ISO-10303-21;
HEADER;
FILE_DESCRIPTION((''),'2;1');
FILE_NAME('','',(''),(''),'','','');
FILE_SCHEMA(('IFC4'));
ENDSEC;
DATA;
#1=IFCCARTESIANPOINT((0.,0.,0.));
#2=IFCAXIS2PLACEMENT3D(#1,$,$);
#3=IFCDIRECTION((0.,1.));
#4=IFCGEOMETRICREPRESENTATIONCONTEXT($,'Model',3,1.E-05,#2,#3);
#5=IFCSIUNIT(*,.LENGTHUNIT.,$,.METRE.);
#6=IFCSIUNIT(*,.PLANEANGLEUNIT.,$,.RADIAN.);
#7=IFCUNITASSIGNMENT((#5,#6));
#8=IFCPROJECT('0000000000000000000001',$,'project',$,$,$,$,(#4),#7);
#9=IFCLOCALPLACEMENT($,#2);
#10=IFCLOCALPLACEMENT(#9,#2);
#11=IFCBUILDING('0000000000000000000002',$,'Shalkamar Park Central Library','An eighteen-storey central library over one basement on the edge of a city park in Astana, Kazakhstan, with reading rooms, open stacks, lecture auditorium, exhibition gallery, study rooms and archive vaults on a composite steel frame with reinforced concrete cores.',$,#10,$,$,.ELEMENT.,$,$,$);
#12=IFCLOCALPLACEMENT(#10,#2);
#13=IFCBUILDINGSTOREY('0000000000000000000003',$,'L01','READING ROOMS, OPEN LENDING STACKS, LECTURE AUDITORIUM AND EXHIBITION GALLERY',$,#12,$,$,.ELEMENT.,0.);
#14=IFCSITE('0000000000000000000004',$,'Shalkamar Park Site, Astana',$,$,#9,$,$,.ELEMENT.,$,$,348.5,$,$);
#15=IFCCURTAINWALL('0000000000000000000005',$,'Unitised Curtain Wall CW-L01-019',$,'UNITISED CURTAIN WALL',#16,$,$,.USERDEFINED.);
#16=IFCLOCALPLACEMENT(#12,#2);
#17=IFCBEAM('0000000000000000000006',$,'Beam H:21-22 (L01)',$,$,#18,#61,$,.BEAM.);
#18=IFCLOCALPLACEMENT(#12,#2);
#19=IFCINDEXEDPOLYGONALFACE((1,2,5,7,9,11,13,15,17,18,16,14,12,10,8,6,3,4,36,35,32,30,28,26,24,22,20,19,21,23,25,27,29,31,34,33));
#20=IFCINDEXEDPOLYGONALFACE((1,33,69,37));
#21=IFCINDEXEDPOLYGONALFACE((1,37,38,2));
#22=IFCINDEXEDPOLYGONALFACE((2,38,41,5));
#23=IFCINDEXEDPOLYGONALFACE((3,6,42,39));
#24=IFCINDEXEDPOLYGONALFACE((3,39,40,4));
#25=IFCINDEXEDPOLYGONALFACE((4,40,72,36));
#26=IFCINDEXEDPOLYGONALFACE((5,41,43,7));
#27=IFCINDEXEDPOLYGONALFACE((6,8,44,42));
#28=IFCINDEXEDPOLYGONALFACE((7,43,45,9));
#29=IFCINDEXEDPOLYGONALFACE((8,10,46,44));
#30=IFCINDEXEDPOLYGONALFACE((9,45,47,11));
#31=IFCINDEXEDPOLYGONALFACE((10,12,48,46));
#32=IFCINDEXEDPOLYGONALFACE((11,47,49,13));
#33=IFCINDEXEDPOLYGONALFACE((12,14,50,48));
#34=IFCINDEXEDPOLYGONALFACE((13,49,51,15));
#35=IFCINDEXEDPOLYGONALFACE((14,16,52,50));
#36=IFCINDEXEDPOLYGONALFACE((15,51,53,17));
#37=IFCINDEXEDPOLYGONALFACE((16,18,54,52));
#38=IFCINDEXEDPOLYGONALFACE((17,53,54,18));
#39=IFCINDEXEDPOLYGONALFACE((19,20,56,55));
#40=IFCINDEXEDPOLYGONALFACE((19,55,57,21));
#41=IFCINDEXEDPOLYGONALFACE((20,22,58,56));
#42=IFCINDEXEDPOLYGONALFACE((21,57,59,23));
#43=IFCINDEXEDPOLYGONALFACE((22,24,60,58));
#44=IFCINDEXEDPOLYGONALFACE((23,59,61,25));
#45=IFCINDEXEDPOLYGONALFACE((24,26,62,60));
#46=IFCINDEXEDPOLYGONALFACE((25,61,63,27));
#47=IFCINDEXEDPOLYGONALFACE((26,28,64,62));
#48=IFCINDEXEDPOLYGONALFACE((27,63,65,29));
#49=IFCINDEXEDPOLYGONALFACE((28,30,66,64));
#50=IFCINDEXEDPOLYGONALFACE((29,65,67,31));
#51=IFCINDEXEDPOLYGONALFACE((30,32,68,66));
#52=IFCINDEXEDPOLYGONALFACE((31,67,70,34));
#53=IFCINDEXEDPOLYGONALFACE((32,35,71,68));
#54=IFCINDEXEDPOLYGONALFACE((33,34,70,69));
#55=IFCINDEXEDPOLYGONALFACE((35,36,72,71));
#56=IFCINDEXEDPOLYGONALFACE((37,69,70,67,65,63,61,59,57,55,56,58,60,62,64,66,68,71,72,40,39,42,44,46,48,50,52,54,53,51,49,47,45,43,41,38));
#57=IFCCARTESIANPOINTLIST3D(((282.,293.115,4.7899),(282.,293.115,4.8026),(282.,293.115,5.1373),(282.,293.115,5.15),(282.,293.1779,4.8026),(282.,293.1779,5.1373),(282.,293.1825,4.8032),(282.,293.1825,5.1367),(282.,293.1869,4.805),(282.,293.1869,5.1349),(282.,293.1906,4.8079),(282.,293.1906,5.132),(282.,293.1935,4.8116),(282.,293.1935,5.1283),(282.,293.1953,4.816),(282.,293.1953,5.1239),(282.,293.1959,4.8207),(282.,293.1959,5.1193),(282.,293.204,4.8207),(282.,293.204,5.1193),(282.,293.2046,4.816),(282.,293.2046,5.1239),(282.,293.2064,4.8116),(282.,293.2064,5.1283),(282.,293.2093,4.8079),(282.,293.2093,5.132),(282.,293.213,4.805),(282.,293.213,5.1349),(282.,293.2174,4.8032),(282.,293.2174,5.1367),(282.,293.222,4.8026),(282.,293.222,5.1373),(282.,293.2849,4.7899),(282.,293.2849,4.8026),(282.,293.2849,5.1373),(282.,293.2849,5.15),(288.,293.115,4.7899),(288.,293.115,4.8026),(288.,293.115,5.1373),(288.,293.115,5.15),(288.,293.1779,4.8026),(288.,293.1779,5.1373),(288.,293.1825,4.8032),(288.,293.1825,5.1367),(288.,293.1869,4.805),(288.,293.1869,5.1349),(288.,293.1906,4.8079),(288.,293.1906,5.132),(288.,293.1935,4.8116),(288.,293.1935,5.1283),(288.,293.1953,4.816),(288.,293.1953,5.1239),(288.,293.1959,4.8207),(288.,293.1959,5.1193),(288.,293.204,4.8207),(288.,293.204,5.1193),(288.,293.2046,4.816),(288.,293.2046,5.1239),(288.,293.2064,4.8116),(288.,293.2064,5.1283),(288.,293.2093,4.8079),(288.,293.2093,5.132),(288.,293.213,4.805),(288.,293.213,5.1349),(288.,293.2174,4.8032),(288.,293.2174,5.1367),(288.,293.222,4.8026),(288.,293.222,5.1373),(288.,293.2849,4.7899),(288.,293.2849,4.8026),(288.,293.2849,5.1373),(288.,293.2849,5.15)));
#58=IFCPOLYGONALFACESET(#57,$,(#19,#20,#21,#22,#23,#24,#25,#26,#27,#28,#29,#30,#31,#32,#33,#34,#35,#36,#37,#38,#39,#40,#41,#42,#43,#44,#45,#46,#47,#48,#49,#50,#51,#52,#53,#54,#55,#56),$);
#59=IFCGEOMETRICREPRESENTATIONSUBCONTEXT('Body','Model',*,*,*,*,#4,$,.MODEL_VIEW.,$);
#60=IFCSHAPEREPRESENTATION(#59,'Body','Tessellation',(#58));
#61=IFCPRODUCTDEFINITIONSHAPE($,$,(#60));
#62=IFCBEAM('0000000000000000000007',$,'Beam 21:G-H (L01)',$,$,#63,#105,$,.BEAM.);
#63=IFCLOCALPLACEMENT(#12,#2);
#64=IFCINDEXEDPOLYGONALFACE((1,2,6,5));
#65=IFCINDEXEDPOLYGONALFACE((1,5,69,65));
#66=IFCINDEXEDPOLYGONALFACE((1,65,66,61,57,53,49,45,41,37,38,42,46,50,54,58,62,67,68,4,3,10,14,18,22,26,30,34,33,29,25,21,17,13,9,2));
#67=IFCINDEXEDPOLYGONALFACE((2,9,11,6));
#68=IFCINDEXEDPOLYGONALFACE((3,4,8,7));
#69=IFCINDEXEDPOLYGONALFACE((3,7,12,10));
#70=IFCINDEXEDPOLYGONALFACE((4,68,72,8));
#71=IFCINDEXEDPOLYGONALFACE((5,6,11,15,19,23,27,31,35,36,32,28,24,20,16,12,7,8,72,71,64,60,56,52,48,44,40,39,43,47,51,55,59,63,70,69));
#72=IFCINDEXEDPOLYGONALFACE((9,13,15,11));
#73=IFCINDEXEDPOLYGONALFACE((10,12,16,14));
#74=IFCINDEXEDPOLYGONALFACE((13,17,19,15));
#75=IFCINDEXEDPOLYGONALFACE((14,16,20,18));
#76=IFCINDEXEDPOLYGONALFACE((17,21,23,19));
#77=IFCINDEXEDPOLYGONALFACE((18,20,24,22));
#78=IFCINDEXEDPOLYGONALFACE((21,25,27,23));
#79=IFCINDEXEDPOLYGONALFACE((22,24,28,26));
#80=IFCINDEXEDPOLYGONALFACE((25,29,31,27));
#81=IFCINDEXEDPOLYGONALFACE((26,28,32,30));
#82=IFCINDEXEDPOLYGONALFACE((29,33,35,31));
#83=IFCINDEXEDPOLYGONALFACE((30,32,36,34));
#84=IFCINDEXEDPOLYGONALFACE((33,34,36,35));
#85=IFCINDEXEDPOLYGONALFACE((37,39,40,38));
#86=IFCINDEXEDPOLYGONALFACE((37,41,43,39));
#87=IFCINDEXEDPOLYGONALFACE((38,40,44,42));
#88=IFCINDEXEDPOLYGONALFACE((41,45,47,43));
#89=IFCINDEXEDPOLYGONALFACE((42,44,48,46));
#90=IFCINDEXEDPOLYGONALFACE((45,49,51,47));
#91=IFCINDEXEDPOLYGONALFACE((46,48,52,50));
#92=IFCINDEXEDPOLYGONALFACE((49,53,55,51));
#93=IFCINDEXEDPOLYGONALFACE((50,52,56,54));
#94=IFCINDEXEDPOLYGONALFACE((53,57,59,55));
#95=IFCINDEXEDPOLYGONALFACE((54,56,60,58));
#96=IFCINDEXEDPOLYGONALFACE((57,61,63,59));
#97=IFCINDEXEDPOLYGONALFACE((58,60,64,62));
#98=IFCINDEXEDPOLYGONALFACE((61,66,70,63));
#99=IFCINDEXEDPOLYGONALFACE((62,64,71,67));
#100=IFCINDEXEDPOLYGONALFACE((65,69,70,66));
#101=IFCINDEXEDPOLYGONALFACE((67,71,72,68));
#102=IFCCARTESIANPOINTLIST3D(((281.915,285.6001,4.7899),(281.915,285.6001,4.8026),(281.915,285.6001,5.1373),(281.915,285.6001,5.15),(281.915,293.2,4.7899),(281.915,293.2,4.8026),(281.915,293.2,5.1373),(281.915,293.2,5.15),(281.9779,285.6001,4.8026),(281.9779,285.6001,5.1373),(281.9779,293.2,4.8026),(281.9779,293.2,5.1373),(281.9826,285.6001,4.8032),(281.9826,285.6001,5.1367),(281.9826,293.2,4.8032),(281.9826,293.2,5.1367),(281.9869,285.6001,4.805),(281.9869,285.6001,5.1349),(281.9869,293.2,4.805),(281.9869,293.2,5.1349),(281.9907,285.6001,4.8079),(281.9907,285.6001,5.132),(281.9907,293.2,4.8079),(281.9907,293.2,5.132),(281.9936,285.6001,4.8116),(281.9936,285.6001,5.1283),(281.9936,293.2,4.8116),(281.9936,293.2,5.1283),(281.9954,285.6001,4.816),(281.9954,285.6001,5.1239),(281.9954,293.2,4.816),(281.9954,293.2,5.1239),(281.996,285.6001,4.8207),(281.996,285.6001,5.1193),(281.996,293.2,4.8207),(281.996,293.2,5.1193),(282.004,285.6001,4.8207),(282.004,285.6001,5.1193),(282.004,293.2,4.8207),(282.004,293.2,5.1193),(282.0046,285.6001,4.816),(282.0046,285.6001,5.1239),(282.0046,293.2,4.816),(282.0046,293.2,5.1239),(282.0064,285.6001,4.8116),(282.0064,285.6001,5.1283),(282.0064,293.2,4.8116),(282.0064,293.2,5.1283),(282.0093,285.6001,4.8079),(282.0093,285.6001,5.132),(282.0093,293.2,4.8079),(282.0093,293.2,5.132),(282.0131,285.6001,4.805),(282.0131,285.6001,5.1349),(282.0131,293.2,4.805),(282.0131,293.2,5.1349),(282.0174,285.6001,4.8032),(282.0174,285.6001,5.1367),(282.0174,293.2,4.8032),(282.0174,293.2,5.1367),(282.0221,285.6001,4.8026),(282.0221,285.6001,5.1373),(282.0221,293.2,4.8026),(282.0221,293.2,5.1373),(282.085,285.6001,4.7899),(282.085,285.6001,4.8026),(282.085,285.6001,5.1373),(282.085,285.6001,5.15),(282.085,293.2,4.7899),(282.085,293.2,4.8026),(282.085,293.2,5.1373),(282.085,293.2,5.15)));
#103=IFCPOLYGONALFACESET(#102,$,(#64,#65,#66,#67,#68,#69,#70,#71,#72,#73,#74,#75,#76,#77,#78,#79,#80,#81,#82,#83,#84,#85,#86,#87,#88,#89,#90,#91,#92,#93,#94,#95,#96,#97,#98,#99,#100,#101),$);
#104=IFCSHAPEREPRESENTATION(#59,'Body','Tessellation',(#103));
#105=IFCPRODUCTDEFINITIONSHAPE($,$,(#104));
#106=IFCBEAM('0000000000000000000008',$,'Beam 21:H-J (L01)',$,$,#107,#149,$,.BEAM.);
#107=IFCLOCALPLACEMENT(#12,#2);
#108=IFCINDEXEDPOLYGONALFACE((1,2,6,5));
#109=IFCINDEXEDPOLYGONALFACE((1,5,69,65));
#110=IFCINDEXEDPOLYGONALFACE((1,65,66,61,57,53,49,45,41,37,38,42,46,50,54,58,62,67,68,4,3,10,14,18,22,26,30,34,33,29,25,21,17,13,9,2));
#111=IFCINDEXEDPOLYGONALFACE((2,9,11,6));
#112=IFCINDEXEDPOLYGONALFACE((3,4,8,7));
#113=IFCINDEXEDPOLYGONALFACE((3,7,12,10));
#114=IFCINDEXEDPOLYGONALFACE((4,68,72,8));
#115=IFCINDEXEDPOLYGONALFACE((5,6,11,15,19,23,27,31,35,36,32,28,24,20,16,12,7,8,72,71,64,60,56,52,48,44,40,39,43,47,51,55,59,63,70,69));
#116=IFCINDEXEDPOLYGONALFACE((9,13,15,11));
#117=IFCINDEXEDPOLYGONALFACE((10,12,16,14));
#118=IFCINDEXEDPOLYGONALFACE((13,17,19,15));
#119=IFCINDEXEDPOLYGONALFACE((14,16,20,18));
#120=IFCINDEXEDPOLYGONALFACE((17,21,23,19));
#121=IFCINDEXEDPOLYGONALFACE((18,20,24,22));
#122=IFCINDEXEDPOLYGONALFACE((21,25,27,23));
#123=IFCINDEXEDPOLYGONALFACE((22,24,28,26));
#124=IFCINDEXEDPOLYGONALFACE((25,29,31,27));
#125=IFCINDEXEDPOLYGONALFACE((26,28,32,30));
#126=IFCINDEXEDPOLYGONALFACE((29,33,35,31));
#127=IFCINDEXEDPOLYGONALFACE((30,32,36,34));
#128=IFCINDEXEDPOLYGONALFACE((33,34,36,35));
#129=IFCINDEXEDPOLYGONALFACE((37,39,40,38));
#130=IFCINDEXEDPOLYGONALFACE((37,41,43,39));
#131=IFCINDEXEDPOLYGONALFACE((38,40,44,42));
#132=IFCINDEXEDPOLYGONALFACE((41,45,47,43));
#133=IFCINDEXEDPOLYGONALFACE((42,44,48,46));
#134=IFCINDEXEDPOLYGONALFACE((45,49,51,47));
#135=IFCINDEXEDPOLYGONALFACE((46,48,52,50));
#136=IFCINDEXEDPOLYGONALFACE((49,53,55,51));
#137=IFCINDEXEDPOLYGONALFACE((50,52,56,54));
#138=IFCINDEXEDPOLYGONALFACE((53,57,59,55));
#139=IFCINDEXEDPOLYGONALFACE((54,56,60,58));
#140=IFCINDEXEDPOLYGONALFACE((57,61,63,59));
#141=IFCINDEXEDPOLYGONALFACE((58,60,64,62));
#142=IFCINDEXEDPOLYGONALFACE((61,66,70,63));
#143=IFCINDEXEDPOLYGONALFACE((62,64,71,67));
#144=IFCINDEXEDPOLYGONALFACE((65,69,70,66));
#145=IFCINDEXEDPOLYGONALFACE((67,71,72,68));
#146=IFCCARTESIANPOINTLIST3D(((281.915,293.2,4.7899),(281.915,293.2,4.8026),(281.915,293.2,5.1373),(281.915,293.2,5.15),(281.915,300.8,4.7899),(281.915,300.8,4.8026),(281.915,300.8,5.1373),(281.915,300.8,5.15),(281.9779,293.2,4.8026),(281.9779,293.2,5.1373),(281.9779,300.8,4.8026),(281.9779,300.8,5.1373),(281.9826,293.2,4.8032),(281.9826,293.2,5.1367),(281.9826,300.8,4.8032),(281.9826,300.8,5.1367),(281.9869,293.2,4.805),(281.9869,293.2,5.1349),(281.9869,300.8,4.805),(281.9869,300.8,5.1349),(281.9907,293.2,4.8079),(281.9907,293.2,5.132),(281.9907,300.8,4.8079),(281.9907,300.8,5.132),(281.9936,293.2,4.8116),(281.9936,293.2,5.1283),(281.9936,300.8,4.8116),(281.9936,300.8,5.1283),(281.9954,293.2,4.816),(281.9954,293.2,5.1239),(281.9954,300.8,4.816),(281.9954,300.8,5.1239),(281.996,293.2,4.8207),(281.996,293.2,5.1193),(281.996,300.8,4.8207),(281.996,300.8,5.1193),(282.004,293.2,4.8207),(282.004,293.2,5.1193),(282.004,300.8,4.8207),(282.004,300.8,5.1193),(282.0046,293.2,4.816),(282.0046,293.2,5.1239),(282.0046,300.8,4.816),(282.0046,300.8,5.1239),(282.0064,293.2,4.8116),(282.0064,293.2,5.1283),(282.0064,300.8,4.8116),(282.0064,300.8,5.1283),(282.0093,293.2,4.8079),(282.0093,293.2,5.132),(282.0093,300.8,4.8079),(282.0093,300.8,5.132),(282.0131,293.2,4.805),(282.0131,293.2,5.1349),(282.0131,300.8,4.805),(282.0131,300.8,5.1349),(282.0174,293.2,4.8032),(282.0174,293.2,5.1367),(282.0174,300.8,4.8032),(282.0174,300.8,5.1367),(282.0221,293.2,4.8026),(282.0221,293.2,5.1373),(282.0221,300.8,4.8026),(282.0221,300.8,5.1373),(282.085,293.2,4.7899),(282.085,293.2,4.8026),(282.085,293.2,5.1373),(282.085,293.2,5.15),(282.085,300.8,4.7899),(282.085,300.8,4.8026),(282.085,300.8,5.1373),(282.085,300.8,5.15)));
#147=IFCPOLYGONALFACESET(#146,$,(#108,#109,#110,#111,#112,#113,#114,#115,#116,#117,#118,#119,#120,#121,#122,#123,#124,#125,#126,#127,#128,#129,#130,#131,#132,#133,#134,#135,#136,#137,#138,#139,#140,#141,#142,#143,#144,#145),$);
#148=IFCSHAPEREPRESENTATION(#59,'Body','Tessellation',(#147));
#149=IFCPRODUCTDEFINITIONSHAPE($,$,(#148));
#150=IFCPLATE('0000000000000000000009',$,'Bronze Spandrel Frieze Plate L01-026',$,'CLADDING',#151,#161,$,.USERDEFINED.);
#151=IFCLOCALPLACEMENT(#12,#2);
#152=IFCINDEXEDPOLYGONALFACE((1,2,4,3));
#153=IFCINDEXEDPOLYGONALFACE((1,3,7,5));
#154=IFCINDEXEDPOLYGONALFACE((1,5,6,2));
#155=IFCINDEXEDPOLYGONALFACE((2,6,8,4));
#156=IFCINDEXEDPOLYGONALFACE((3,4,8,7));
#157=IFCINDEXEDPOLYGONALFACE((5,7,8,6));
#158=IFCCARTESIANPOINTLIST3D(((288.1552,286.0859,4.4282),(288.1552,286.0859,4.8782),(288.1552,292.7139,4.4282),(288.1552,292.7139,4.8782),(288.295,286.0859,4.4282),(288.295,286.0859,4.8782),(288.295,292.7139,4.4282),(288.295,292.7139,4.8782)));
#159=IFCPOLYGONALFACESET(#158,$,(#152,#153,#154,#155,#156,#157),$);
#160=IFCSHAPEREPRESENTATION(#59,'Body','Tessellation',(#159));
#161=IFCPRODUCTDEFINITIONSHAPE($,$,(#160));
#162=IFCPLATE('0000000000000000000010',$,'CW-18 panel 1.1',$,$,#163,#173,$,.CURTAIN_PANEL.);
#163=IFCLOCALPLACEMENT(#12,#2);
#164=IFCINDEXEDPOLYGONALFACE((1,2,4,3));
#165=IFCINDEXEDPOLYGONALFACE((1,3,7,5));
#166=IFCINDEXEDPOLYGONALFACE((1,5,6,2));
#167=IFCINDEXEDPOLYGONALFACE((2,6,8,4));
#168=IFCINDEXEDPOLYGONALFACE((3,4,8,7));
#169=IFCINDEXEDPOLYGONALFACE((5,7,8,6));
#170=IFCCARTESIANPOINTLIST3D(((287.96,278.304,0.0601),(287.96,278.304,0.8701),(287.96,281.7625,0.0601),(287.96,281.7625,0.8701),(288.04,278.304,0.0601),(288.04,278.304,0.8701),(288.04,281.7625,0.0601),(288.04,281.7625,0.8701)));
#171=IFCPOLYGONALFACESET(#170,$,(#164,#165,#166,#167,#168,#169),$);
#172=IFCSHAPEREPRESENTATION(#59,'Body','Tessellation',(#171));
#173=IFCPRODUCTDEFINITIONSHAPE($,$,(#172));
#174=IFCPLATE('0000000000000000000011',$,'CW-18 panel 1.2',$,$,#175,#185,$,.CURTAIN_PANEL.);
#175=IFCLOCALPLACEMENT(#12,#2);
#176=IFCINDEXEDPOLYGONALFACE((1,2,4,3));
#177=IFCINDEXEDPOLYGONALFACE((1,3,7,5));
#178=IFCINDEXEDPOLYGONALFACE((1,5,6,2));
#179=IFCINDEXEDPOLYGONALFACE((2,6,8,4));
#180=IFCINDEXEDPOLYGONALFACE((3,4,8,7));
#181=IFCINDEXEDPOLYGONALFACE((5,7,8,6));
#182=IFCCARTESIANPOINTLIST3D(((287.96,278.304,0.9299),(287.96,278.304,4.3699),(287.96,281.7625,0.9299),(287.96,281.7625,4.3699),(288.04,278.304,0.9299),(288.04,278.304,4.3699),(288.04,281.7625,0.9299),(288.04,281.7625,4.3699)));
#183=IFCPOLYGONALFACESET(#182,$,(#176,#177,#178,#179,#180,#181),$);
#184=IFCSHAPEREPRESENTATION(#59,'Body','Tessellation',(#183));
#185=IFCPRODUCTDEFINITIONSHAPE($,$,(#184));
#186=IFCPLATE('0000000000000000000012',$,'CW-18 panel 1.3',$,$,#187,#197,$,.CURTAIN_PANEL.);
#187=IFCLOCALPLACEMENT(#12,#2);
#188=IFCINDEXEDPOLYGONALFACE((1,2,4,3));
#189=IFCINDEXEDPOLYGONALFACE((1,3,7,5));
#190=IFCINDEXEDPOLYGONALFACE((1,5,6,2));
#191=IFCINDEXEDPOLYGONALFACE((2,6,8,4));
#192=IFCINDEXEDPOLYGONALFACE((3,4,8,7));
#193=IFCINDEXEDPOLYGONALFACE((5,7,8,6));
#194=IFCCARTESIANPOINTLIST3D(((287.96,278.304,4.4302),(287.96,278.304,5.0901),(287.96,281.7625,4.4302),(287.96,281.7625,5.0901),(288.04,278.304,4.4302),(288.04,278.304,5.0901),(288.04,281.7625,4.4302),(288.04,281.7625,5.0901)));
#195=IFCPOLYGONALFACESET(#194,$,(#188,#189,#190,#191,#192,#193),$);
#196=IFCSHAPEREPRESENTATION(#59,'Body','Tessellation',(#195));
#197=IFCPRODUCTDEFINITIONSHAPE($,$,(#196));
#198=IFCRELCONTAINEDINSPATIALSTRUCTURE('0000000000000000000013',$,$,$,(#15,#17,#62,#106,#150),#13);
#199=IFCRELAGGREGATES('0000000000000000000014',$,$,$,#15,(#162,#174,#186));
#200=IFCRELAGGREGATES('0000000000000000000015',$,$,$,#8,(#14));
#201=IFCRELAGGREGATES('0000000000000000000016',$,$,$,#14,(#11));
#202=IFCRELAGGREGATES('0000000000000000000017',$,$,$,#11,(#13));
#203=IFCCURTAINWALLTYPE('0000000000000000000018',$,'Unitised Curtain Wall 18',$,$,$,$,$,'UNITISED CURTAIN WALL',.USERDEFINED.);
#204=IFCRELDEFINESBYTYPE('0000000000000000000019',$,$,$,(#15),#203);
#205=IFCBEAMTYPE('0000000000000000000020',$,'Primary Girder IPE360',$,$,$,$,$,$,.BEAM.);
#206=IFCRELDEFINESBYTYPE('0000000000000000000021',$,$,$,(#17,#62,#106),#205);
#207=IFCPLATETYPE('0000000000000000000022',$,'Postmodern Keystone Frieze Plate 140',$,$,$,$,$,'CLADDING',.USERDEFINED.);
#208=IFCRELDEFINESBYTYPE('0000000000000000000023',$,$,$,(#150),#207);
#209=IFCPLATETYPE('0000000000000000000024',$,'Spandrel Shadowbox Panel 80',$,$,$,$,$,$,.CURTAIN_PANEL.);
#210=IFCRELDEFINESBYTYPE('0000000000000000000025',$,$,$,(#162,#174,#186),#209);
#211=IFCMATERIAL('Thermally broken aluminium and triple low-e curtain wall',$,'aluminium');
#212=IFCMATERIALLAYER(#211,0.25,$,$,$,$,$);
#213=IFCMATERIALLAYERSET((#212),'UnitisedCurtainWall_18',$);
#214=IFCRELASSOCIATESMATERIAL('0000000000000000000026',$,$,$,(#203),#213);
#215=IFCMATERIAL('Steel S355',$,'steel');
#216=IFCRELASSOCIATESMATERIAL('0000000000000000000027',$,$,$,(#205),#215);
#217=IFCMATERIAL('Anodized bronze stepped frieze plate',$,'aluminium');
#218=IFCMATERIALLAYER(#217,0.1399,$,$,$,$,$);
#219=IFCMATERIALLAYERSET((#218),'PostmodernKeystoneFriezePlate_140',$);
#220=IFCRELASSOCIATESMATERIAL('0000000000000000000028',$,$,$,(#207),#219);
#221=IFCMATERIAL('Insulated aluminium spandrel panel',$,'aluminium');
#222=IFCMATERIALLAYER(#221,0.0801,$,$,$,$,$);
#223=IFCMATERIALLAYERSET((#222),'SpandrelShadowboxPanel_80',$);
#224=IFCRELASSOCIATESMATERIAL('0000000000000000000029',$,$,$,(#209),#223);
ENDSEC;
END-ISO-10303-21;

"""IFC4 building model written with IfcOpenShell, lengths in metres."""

from ifc_helpers import new_model, si_unit, direction, frame, origin, origin_2d, place, context, subcontext, project, spatial, rectangle, i_section, extrude, material, layer, layer_set, material_profile, profile_set, type_object, element, aggregate, save


model = new_model("IFC4")

# Units and contexts
model_context = context("Model", 3, precision=1e-05, world=origin(), true_north=direction((0.0, 1.0)))
body_context = subcontext(model_context, "Body", "Model", "MODEL_VIEW")
ifc_project = project(units=[si_unit("LENGTHUNIT", "METRE"), si_unit("PLANEANGLEUNIT", "RADIAN")], contexts=[model_context])

# Site, building, storey
site_placement = place(None, origin())
site = spatial("IfcSite", under=ifc_project, at=site_placement, Name="Shalkamar Park Site, Astana", CompositionType="ELEMENT", RefElevation=348.5)
building_placement = place(site_placement, origin())
building = spatial("IfcBuilding", under=site, at=building_placement, Name="Shalkamar Park Central Library", Description="An eighteen-storey central library over one basement on the edge of a city park in Astana, Kazakhstan, with reading rooms, open stacks, lecture auditorium, exhibition gallery, study rooms and archive vaults on a composite steel frame with reinforced concrete cores.", CompositionType="ELEMENT")
storey_placement = place(building_placement, origin())
storey = spatial("IfcBuildingStorey", under=building, at=storey_placement, Name="L01", Description="READING ROOMS, OPEN LENDING STACKS, LECTURE AUDITORIUM AND EXHIBITION GALLERY", CompositionType="ELEMENT", Elevation=0.0)

# Shared definitions
ifc_material_1 = material(Name="Steel S355", Category="steel")

# Curtain wall
ifc_material_2 = material(Name="Thermally broken aluminium and triple low-e curtain wall", Category="aluminium")
ifc_layer_1 = layer(ifc_material_2, 0.25)
ifc_layer_set_1 = layer_set([ifc_layer_1], Name="UnitisedCurtainWall_18")
curtain_wall_type = type_object("IfcCurtainWallType", Name="Unitised Curtain Wall 18", ElementType="UNITISED CURTAIN WALL", PredefinedType="USERDEFINED", material=ifc_layer_set_1)
curtain_wall_placement = place(storey_placement, origin())
curtain_wall = element("IfcCurtainWall", 1, at=curtain_wall_placement, inside=storey, type_object=curtain_wall_type, Name="Unitised Curtain Wall CW-L01-019", ObjectType="UNITISED CURTAIN WALL", PredefinedType="USERDEFINED")

# Beams
ifc_material_profile_1 = material_profile(ifc_material_1, i_section(OverallWidth=0.1699, OverallDepth=0.3601, WebThickness=0.0081, FlangeThickness=0.0127, FilletRadius=0.0181, at=origin_2d()), Name="IPE 360")
ifc_profile_set_1 = profile_set([ifc_material_profile_1], Name="Steel S355")
beam_type_1 = type_object("IfcBeamType", Name="Primary Girder IPE360", PredefinedType="BEAM", material=ifc_profile_set_1)
beam_1_placement = place(storey_placement, frame((282.0, 293.2, 4.97), z_axis=(1.0, 0.0, 0.0), x_axis=(0.0, 1.0, 0.0)))
element("IfcBeam", 2, at=beam_1_placement, inside=storey, type_object=beam_type_1, Name="Beam H:21-22 (L01)", PredefinedType="BEAM", context=body_context, shape_type="SweptSolid", body=[
    extrude(i_section(OverallWidth=0.1699, OverallDepth=0.3601, WebThickness=0.0081, FlangeThickness=0.0127, FilletRadius=0.0181, at=origin_2d()), origin(), (0.0, 0.0, 1.0), 6.0),
])
beam_2_placement = place(storey_placement, frame((282.0, 285.6001, 4.97), z_axis=(0.0, 1.0, 0.0), x_axis=(-1.0, 0.0, 0.0)))
element("IfcBeam", 3, at=beam_2_placement, inside=storey, type_object=beam_type_1, Name="Beam 21:G-H (L01)", PredefinedType="BEAM", context=body_context, shape_type="SweptSolid", body=[
    extrude(i_section(OverallWidth=0.1699, OverallDepth=0.3601, WebThickness=0.0081, FlangeThickness=0.0127, FilletRadius=0.0181, at=origin_2d()), origin(), (0.0, 0.0, 1.0), 7.5999),
])
beam_3_placement = place(storey_placement, frame((282.0, 293.2, 4.97), z_axis=(0.0, 1.0, 0.0), x_axis=(-1.0, 0.0, 0.0)))
element("IfcBeam", 4, at=beam_3_placement, inside=storey, type_object=beam_type_1, Name="Beam 21:H-J (L01)", PredefinedType="BEAM", context=body_context, shape_type="SweptSolid", body=[
    extrude(i_section(OverallWidth=0.1699, OverallDepth=0.3601, WebThickness=0.0081, FlangeThickness=0.0127, FilletRadius=0.0181, at=origin_2d()), origin(), (0.0, 0.0, 1.0), 7.6001),
])

# Plates
ifc_material_3 = material(Name="Anodized bronze stepped frieze plate", Category="aluminium")
ifc_layer_2 = layer(ifc_material_3, 0.1399)
ifc_layer_set_2 = layer_set([ifc_layer_2], Name="PostmodernKeystoneFriezePlate_140")
plate_type_1 = type_object("IfcPlateType", Name="Postmodern Keystone Frieze Plate 140", ElementType="CLADDING", PredefinedType="USERDEFINED", material=ifc_layer_set_2)
plate_1_placement = place(storey_placement, frame((288.2251, 289.3999, 4.4282), z_axis=(0.0, 0.0, 1.0), x_axis=(1.0, 0.0, 0.0)))
element("IfcPlate", 5, at=plate_1_placement, inside=storey, type_object=plate_type_1, Name="Bronze Spandrel Frieze Plate L01-026", ObjectType="CLADDING", PredefinedType="USERDEFINED", context=body_context, shape_type="SweptSolid", body=[
    extrude(rectangle(XDim=0.1399, YDim=6.6279, at=origin_2d()), origin(), (0.0, 0.0, 1.0), 0.45),
])
ifc_material_4 = material(Name="Insulated aluminium spandrel panel", Category="aluminium")
ifc_layer_3 = layer(ifc_material_4, 0.0801)
ifc_layer_set_3 = layer_set([ifc_layer_3], Name="SpandrelShadowboxPanel_80")
plate_type_2 = type_object("IfcPlateType", Name="Spandrel Shadowbox Panel 80", PredefinedType="CURTAIN_PANEL", material=ifc_layer_set_3)
plate_2_placement = place(storey_placement, frame((288.0, 280.0332, 0.0601), z_axis=(0.0, 0.0, 1.0), x_axis=(0.0, 1.0, 0.0)))
plate_2 = element("IfcPlate", 6, at=plate_2_placement, type_object=plate_type_2, Name="CW-18 panel 1.1", PredefinedType="CURTAIN_PANEL", context=body_context, shape_type="SweptSolid", body=[
    extrude(rectangle(XDim=3.4585, YDim=0.0801, at=origin_2d()), origin(), (0.0, 0.0, 1.0), 0.8101),
])
plate_3_placement = place(storey_placement, frame((288.0, 280.0332, 0.9299), z_axis=(0.0, 0.0, 1.0), x_axis=(0.0, 1.0, 0.0)))
plate_3 = element("IfcPlate", 7, at=plate_3_placement, type_object=plate_type_2, Name="CW-18 panel 1.2", PredefinedType="CURTAIN_PANEL", context=body_context, shape_type="SweptSolid", body=[
    extrude(rectangle(XDim=3.4585, YDim=0.0801, at=origin_2d()), origin(), (0.0, 0.0, 1.0), 3.4399),
])
plate_4_placement = place(storey_placement, frame((288.0, 280.0332, 4.4302), z_axis=(0.0, 0.0, 1.0), x_axis=(0.0, 1.0, 0.0)))
plate_4 = element("IfcPlate", 8, at=plate_4_placement, type_object=plate_type_2, Name="CW-18 panel 1.3", PredefinedType="CURTAIN_PANEL", context=body_context, shape_type="SweptSolid", body=[
    extrude(rectangle(XDim=3.4585, YDim=0.0801, at=origin_2d()), origin(), (0.0, 0.0, 1.0), 0.6599),
])
aggregate(curtain_wall, [plate_2, plate_3, plate_4])

save(model, "model.ifc")
